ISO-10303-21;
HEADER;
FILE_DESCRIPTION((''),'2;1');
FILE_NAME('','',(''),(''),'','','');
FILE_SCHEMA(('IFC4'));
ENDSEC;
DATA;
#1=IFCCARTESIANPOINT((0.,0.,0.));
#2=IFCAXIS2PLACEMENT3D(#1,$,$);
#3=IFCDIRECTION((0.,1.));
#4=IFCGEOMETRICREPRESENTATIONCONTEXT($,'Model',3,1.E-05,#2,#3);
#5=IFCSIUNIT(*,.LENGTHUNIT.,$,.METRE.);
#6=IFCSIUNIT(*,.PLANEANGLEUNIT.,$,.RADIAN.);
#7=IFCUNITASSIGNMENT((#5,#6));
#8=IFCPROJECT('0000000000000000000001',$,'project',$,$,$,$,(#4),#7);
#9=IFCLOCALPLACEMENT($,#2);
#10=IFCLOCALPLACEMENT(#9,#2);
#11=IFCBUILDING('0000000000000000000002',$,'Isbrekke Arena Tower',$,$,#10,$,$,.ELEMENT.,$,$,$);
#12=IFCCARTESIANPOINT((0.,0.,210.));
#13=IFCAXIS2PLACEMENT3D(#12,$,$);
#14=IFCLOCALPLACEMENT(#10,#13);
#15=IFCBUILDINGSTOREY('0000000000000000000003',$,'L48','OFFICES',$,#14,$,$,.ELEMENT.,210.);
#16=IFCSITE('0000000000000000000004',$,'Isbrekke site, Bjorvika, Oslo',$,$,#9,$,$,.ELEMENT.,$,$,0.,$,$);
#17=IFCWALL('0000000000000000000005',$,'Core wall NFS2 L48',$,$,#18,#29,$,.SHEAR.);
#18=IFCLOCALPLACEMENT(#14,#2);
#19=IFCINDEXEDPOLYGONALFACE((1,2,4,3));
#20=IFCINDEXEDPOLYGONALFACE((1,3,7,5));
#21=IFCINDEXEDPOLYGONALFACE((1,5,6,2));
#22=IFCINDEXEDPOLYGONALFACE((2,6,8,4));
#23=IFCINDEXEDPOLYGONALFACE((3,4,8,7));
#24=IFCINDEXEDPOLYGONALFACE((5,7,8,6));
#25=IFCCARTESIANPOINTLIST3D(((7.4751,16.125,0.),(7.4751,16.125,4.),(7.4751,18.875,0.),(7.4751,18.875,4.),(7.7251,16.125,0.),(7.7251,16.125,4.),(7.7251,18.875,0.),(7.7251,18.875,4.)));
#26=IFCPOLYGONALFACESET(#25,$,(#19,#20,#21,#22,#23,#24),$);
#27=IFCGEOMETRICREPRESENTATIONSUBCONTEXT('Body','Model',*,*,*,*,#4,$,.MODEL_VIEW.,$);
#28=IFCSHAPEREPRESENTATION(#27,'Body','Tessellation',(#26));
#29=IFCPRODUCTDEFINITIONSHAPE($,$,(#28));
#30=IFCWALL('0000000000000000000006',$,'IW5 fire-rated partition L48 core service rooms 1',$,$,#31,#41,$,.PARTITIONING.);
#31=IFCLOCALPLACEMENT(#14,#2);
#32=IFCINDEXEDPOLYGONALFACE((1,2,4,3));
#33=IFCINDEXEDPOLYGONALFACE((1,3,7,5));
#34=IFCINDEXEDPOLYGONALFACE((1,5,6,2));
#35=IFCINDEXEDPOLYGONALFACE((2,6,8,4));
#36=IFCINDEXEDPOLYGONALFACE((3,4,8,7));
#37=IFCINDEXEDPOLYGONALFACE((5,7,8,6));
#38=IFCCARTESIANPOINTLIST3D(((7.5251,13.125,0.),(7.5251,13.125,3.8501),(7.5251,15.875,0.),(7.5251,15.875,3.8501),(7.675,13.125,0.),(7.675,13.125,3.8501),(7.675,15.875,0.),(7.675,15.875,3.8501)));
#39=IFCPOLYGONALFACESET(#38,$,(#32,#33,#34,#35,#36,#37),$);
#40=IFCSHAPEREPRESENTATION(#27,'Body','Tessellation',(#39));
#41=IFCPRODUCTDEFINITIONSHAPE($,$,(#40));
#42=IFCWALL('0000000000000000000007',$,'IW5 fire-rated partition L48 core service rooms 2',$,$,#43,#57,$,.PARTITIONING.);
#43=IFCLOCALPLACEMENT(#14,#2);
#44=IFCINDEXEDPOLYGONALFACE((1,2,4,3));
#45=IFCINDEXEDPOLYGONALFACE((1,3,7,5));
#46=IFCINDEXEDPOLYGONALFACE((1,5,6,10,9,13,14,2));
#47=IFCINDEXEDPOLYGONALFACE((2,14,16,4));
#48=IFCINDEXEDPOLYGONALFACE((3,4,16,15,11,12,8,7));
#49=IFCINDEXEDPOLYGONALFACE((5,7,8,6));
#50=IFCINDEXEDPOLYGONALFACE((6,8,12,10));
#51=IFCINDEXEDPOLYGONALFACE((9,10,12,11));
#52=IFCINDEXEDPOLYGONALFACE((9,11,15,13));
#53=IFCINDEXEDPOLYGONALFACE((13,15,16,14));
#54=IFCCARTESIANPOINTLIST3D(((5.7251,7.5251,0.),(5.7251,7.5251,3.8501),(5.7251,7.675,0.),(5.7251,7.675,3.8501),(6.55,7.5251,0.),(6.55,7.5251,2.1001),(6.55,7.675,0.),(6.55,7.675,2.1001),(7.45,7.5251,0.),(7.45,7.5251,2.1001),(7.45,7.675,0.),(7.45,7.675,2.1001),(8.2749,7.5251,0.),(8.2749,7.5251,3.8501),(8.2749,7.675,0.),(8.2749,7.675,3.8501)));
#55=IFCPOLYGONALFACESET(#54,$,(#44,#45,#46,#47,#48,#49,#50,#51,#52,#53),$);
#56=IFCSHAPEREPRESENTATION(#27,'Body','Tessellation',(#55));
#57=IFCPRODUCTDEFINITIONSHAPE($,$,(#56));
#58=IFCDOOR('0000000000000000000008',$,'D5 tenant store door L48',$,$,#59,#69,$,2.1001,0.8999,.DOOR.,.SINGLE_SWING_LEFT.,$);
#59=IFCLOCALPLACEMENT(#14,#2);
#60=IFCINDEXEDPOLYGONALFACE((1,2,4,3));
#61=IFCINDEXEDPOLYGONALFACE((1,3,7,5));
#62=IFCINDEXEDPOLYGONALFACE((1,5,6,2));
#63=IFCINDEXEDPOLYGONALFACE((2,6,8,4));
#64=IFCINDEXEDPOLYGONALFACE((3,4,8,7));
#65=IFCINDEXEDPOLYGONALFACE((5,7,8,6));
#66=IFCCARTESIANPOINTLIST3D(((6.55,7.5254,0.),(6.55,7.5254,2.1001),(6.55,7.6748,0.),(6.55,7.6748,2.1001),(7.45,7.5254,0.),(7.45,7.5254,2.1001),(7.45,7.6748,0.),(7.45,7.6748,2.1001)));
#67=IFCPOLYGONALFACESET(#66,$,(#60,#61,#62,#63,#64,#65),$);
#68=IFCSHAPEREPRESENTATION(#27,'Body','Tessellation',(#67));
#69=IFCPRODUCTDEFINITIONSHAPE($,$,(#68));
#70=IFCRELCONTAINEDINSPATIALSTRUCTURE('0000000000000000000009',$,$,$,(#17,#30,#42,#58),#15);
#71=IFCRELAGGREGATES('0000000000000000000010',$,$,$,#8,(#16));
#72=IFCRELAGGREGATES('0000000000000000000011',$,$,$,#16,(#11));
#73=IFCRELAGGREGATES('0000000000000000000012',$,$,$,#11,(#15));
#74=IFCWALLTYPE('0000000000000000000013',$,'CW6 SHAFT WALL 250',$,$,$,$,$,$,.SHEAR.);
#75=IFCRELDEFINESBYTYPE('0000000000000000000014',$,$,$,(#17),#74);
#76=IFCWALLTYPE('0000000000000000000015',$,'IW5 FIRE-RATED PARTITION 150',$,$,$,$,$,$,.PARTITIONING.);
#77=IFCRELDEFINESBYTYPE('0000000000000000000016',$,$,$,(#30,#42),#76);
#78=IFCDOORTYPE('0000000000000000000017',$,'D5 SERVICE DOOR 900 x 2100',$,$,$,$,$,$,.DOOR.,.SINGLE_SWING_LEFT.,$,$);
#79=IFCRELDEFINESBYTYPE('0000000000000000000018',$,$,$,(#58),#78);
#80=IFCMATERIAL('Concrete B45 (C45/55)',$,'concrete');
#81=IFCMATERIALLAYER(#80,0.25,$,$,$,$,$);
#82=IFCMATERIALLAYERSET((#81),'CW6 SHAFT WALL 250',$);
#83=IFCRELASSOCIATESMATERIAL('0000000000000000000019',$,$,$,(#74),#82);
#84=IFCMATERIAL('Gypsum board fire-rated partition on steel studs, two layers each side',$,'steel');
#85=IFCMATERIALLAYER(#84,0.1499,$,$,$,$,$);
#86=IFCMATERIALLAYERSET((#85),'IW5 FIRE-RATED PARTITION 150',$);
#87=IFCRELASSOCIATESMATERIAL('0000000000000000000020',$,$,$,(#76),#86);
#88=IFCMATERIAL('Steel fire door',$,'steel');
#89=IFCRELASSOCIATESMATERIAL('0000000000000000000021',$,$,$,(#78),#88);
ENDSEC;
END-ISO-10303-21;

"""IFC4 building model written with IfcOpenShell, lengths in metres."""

from ifc_helpers import new_model, si_unit, direction, frame, frame_2d, origin, place, context, subcontext, project, spatial, rectangle, extrude, material, layer, layer_set, type_object, element, fill, save


model = new_model("IFC4")

# Units and contexts
model_context = context("Model", 3, precision=1e-05, world=origin(), true_north=direction((0.0, 1.0)))
body_context = subcontext(model_context, "Body", "Model", "MODEL_VIEW")
ifc_project = project(units=[si_unit("LENGTHUNIT", "METRE"), si_unit("PLANEANGLEUNIT", "RADIAN")], contexts=[model_context])

# Site, building, storey
site_placement = place(None, origin())
site = spatial("IfcSite", under=ifc_project, at=site_placement, Name="Isbrekke site, Bjorvika, Oslo", CompositionType="ELEMENT", RefElevation=0.0)
building_placement = place(site_placement, origin())
building = spatial("IfcBuilding", under=site, at=building_placement, Name="Isbrekke Arena Tower", CompositionType="ELEMENT")
storey_placement = place(building_placement, frame((0.0, 0.0, 210.0)))
storey = spatial("IfcBuildingStorey", under=building, at=storey_placement, Name="L48", Description="OFFICES", CompositionType="ELEMENT", Elevation=210.0)

# Walls
ifc_material_1 = material(Name="Concrete B45 (C45/55)", Category="concrete")
ifc_layer_1 = layer(ifc_material_1, 0.25)
ifc_layer_set_1 = layer_set([ifc_layer_1], Name="CW6 SHAFT WALL 250")
wall_type_1 = type_object("IfcWallType", Name="CW6 SHAFT WALL 250", PredefinedType="SHEAR", material=ifc_layer_set_1)
wall_1_placement = place(storey_placement, frame((7.6001, 16.125, 0.0), z_axis=(0.0, 0.0, 1.0), x_axis=(0.0, 1.0, 0.0)))
element("IfcWall", 1, at=wall_1_placement, inside=storey, type_object=wall_type_1, Name="Core wall NFS2 L48", PredefinedType="SHEAR", context=body_context, shape_type="SweptSolid", body=[
    extrude(rectangle(XDim=2.75, YDim=0.25, at=frame_2d((1.375, 0.0))), origin(), (0.0, 0.0, 1.0), 4.0),
])
ifc_material_2 = material(Name="Gypsum board fire-rated partition on steel studs, two layers each side", Category="steel")
ifc_layer_2 = layer(ifc_material_2, 0.1499)
ifc_layer_set_2 = layer_set([ifc_layer_2], Name="IW5 FIRE-RATED PARTITION 150")
wall_type_2 = type_object("IfcWallType", Name="IW5 FIRE-RATED PARTITION 150", PredefinedType="PARTITIONING", material=ifc_layer_set_2)
wall_2_placement = place(storey_placement, frame((7.6001, 13.125, 0.0), z_axis=(0.0, 0.0, 1.0), x_axis=(0.0, 1.0, 0.0)))
element("IfcWall", 2, at=wall_2_placement, inside=storey, type_object=wall_type_2, Name="IW5 fire-rated partition L48 core service rooms 1", PredefinedType="PARTITIONING", context=body_context, shape_type="SweptSolid", body=[
    extrude(rectangle(XDim=2.75, YDim=0.1499, at=frame_2d((1.375, 0.0))), origin(), (0.0, 0.0, 1.0), 3.8501),
])

# Wall, opening, door
wall_3_placement = place(storey_placement, frame((5.7251, 7.6001, 0.0), z_axis=(0.0, 0.0, 1.0), x_axis=(1.0, 0.0, 0.0)))
wall_3 = element("IfcWall", 3, at=wall_3_placement, inside=storey, type_object=wall_type_2, Name="IW5 fire-rated partition L48 core service rooms 2", PredefinedType="PARTITIONING", context=body_context, shape_type="SweptSolid", body=[
    extrude(rectangle(XDim=2.5498, YDim=0.1499, at=frame_2d((1.2749, 0.0))), origin(), (0.0, 0.0, 1.0), 3.8501),
])
opening_1_placement = place(wall_3_placement, frame((0.825, 0.0, 0.0)))
opening_1 = element("IfcOpeningElement", 4, at=opening_1_placement, cuts=wall_3, PredefinedType="OPENING", context=body_context, shape_type="SweptSolid", body=[
    extrude(rectangle(XDim=0.8999, YDim=2.1001, at=frame_2d((0.45, 1.05))), frame((0.0, 0.0898, 0.0), z_axis=(0.0, -1.0, 0.0), x_axis=(1.0, 0.0, 0.0)), (0.0, 0.0, 1.0), 0.1797),
])
ifc_material_3 = material(Name="Steel fire door", Category="steel")
door_type_1 = type_object("IfcDoorType", Name="D5 SERVICE DOOR 900 x 2100", OperationType="SINGLE_SWING_LEFT", PredefinedType="DOOR", material=ifc_material_3)
door_1_placement = place(opening_1_placement, origin())
door_1 = element("IfcDoor", 5, at=door_1_placement, inside=storey, type_object=door_type_1, Name="D5 tenant store door L48", OperationType="SINGLE_SWING_LEFT", OverallHeight=2.1001, OverallWidth=0.8999, PredefinedType="DOOR", context=body_context, shape_type="SweptSolid", body=[
    extrude(rectangle(XDim=0.8999, YDim=2.1001, at=frame_2d((0.45, 1.05))), frame((0.0, 0.0747, 0.0), z_axis=(0.0, -1.0, 0.0), x_axis=(1.0, 0.0, 0.0)), (0.0, 0.0, 1.0), 0.1494),
])
fill(opening_1, door_1)

save(model, "model.ifc")
